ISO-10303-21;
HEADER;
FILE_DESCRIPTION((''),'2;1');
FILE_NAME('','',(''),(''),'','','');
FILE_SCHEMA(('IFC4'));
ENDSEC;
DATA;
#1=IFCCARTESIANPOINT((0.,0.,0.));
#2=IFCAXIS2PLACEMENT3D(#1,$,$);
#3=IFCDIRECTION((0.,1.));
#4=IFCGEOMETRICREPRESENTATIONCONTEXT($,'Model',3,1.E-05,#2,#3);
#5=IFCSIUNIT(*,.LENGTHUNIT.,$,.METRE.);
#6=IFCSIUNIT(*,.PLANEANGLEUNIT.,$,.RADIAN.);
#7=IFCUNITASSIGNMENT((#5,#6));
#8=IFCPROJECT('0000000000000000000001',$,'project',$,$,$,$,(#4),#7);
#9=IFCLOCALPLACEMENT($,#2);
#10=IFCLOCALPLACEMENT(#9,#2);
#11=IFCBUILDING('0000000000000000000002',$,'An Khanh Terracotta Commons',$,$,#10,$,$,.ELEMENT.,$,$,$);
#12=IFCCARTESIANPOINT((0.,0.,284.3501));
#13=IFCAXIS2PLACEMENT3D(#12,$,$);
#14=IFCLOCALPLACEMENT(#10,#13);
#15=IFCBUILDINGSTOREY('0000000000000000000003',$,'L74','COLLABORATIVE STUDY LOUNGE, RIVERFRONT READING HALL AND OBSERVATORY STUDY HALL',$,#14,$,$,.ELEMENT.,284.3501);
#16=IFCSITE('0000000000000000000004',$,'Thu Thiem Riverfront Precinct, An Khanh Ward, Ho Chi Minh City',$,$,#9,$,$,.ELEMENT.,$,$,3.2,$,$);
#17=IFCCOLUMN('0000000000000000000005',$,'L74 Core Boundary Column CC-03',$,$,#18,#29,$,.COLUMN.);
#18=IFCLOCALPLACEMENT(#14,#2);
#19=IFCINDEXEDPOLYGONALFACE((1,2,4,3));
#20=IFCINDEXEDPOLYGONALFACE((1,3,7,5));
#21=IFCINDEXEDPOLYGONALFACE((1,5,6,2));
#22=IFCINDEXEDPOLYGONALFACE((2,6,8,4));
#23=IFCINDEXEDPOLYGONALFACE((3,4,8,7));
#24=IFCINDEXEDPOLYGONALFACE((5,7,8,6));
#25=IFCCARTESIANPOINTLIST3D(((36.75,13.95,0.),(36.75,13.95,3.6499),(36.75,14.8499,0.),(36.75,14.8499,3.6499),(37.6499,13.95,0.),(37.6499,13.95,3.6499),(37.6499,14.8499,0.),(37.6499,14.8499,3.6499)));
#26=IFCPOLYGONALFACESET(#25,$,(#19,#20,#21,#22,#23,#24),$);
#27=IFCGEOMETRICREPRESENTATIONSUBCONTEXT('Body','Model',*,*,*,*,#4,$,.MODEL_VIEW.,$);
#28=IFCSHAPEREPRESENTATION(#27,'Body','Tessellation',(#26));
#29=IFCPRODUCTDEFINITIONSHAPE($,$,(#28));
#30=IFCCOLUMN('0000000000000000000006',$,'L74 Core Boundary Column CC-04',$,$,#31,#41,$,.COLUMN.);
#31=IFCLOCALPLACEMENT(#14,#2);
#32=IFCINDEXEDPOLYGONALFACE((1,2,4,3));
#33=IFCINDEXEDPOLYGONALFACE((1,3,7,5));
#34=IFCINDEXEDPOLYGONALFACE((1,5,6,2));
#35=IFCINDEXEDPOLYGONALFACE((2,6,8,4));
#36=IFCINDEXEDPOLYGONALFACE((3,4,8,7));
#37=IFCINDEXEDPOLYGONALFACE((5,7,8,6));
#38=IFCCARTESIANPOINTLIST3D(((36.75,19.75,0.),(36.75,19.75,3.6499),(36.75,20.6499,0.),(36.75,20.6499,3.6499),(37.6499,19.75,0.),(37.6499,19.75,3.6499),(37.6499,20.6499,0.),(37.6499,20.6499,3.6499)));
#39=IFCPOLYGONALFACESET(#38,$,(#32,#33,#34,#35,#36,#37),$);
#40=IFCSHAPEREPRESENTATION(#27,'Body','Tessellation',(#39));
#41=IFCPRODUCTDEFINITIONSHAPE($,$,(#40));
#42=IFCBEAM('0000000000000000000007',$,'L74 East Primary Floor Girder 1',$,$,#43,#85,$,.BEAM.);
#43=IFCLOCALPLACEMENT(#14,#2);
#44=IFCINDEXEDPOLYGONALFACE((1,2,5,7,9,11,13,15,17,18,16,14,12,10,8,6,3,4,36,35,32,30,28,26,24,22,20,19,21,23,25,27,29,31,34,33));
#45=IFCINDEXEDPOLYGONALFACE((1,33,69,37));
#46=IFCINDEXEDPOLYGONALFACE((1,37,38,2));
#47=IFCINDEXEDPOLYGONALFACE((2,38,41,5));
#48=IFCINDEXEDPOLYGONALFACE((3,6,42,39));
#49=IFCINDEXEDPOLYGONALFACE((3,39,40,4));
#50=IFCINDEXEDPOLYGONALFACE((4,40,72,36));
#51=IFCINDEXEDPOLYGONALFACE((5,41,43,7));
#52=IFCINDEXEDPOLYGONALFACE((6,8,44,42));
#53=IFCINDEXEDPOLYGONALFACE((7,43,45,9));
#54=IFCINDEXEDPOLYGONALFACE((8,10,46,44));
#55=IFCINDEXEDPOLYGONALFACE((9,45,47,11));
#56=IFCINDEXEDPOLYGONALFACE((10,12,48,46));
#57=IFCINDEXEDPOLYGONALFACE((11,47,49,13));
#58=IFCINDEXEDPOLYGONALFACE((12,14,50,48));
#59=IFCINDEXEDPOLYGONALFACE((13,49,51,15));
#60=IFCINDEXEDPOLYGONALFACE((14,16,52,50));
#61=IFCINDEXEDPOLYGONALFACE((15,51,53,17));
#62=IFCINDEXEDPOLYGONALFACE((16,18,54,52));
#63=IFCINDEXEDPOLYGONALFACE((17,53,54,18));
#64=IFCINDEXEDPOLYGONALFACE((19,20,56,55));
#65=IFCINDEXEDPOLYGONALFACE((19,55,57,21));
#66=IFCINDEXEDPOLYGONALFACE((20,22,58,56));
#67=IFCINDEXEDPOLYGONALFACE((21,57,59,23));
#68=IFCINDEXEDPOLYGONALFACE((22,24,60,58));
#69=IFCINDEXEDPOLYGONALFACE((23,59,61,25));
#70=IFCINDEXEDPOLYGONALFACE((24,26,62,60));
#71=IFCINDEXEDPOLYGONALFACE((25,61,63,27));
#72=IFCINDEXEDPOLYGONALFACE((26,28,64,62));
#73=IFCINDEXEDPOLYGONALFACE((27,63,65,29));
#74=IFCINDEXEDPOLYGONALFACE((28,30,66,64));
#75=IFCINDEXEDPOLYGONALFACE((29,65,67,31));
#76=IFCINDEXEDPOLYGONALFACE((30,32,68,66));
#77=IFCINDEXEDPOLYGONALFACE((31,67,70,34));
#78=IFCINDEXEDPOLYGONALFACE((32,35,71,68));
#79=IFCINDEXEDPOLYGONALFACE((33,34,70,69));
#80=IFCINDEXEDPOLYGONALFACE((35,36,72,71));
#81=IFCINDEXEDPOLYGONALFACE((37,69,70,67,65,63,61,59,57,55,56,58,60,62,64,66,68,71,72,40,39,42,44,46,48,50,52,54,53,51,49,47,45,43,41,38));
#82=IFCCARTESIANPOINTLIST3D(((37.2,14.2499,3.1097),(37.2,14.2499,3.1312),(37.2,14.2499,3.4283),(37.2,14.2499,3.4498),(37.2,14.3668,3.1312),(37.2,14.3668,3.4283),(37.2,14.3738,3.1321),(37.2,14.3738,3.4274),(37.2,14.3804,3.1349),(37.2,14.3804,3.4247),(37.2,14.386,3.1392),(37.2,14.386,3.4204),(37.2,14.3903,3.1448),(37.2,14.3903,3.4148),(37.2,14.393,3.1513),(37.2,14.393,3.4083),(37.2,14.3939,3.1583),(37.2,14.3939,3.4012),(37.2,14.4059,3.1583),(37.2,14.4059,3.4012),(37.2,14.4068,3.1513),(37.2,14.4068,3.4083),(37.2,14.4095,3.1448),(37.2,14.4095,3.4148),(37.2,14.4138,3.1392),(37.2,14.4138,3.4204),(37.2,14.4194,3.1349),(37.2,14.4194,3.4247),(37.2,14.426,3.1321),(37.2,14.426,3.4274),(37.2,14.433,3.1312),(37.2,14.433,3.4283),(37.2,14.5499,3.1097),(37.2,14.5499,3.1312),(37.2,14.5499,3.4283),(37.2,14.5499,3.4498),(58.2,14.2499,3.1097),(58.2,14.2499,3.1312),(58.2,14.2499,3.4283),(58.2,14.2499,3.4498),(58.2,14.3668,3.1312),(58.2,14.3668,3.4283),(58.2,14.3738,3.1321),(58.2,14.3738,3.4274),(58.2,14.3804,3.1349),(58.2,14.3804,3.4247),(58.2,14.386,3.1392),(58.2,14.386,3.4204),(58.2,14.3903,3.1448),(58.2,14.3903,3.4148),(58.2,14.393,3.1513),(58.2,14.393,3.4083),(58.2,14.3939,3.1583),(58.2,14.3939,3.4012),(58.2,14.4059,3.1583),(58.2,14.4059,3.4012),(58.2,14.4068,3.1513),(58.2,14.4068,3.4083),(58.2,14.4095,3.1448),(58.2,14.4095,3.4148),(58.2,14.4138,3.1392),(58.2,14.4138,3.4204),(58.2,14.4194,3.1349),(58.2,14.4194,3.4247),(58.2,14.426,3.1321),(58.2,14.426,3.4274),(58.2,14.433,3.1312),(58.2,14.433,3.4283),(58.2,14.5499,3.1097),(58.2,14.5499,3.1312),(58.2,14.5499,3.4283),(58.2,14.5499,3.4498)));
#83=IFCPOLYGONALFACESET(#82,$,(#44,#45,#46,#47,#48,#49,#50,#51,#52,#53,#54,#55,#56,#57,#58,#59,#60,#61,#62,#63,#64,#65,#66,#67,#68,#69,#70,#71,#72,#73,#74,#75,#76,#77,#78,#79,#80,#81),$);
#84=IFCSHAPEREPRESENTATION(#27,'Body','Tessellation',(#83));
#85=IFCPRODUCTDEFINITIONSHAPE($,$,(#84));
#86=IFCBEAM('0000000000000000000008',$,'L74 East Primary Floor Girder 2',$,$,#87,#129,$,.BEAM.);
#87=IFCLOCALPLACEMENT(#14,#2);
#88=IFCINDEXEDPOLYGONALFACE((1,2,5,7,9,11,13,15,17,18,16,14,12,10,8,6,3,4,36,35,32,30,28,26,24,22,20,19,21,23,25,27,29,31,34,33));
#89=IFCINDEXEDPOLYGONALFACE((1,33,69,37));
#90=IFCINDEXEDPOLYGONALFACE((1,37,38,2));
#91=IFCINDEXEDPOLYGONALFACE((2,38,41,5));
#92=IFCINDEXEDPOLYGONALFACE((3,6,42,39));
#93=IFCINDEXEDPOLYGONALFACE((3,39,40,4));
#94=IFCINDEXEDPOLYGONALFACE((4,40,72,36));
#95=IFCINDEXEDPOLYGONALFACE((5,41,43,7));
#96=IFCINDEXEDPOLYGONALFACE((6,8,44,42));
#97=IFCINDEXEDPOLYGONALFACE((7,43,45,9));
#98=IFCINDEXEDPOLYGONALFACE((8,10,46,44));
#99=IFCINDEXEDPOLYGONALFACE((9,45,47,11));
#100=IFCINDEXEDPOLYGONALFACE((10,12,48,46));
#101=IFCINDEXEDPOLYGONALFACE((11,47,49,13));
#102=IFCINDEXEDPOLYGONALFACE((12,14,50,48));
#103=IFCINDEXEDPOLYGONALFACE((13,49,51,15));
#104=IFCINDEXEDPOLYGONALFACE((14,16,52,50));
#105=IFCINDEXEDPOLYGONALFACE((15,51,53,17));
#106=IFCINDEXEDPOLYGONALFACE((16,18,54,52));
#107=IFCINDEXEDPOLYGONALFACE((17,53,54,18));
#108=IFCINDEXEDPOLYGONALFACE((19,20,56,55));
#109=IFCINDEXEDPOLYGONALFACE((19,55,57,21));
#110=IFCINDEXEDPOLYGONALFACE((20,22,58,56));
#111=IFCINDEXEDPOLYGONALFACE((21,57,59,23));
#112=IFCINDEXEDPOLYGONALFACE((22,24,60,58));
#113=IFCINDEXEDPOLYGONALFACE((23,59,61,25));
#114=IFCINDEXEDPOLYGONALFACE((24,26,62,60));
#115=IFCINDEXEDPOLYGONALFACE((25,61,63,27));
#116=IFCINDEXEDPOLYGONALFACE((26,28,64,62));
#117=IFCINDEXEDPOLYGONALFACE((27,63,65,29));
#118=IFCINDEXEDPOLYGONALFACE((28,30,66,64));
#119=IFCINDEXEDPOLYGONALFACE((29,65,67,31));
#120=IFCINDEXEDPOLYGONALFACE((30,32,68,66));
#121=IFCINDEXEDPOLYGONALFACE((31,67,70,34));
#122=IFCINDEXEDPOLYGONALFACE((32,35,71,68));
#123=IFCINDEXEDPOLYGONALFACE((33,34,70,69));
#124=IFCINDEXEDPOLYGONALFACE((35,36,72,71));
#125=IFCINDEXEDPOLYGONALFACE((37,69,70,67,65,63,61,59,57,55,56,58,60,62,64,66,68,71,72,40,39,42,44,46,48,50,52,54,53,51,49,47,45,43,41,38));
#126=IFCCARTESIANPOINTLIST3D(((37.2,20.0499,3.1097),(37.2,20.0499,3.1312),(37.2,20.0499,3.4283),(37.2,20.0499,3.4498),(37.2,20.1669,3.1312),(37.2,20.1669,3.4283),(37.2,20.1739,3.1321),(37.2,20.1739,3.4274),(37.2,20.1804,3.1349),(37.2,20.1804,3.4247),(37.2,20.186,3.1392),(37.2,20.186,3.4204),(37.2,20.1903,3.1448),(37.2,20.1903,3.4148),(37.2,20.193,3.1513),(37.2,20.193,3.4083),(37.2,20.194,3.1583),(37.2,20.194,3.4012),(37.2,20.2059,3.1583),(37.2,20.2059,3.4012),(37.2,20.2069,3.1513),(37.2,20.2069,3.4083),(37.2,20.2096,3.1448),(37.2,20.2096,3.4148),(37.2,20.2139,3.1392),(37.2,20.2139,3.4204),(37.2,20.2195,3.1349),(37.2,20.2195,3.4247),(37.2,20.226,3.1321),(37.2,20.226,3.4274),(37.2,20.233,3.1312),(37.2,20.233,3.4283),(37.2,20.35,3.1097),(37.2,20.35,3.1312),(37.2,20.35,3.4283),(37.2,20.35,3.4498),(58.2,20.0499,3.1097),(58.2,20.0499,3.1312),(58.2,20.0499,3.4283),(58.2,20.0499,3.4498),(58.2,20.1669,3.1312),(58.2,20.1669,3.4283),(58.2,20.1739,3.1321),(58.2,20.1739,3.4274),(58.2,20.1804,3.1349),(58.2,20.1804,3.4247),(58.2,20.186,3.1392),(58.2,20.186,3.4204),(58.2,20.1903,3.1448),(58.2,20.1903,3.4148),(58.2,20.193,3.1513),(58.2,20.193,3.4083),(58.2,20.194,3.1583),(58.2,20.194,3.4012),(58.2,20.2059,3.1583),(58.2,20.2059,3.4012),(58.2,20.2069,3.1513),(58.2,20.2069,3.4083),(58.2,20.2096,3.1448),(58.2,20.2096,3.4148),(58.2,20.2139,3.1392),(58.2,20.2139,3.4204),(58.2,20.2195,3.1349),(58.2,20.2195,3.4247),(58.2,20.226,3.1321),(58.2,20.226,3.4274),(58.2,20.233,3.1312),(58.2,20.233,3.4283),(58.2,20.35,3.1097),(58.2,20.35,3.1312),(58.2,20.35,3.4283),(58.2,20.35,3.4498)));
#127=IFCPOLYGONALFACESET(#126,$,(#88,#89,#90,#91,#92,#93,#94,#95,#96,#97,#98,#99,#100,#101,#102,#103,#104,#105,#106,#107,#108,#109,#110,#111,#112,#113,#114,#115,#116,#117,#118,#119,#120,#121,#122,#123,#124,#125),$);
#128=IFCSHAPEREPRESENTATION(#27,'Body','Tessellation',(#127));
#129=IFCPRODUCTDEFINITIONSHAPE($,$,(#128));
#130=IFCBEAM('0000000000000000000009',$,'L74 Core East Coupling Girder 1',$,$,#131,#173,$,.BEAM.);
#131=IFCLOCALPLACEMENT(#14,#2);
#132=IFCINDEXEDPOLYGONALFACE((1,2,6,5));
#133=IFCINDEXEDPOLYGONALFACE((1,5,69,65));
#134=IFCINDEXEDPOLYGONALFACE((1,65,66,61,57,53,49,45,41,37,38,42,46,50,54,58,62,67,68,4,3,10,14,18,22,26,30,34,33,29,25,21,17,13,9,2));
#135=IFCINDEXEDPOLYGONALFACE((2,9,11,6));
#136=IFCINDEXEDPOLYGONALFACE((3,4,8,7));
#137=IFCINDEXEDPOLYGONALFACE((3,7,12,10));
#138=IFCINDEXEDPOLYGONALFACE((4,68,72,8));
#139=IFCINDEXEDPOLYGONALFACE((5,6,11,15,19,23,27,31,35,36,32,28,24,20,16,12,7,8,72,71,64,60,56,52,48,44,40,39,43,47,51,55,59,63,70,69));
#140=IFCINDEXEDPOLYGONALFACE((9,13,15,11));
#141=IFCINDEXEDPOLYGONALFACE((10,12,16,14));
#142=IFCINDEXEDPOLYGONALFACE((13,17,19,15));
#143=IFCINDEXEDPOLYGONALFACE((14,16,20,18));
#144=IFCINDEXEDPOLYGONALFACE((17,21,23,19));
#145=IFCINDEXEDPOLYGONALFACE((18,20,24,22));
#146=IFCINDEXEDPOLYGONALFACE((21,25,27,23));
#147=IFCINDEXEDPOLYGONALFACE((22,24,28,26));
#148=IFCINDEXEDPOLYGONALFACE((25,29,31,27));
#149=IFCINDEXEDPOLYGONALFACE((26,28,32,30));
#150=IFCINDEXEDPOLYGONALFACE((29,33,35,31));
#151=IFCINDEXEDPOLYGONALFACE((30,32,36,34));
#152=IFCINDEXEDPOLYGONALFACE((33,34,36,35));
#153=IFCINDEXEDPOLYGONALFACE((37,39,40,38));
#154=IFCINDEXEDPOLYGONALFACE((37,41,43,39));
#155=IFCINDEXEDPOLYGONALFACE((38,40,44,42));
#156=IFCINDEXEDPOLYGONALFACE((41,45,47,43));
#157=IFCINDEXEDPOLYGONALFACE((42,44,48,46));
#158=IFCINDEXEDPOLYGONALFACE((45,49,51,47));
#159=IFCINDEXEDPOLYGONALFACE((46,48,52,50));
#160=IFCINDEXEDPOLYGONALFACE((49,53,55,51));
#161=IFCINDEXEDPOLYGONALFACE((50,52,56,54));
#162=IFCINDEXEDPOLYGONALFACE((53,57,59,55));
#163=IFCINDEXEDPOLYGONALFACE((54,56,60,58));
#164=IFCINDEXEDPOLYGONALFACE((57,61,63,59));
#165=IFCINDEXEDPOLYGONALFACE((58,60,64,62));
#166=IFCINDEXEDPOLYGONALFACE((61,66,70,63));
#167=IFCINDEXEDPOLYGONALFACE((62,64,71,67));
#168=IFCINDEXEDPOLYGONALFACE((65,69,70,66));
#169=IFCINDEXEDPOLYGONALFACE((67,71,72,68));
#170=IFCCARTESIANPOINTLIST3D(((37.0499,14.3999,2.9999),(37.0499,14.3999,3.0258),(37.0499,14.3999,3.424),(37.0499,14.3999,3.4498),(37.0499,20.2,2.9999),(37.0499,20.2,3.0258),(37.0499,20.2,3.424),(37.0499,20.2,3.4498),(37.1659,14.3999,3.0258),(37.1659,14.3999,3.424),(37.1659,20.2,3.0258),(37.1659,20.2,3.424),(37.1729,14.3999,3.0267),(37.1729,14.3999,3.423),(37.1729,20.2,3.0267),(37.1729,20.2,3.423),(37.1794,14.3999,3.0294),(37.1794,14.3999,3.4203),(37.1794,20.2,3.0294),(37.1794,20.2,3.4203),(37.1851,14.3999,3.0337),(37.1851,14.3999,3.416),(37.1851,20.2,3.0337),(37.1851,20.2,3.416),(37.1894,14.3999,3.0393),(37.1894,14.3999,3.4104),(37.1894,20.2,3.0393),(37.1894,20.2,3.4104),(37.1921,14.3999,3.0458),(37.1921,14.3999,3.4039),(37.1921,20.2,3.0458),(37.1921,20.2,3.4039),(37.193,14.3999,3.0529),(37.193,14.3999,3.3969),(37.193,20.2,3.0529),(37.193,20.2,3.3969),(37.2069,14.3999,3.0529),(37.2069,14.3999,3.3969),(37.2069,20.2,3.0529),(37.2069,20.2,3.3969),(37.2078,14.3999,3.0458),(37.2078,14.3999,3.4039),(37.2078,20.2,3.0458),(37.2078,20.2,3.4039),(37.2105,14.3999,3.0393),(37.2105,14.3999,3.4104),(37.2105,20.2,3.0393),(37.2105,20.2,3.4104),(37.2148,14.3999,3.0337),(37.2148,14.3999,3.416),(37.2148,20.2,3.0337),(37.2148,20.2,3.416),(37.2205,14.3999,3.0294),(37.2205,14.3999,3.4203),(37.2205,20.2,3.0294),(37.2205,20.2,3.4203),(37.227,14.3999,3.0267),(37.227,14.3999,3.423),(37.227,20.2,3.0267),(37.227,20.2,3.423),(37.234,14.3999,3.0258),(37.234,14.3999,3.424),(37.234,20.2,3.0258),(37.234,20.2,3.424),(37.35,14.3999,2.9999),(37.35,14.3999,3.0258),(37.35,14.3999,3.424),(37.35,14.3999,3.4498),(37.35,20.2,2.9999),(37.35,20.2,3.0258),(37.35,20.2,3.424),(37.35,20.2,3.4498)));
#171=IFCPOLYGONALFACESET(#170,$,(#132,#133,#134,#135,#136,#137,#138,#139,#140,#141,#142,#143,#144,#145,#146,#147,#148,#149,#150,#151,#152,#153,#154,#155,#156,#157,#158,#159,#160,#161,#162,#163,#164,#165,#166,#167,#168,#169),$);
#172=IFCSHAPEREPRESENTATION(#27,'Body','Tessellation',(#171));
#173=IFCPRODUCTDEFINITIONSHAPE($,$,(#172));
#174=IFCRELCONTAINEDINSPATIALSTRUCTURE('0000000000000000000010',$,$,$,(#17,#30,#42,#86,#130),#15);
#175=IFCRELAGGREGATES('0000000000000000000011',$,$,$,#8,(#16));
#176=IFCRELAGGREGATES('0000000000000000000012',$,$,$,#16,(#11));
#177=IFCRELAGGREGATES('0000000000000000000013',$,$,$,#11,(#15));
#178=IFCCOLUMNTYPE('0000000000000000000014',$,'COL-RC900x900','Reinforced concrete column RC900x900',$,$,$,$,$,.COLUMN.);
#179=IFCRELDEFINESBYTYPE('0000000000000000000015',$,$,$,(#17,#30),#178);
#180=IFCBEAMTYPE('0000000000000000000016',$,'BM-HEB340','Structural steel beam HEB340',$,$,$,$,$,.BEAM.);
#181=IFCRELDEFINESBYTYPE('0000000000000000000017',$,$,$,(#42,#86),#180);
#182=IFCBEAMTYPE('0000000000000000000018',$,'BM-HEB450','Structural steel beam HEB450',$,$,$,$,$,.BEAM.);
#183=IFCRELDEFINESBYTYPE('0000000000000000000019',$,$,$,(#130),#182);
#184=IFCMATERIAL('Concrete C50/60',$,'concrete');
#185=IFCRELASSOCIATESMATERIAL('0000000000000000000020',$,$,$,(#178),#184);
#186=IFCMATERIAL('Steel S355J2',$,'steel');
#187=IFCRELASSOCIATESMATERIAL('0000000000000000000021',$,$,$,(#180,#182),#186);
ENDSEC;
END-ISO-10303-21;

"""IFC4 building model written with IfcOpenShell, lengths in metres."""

from ifc_helpers import new_model, si_unit, direction, frame, origin, origin_2d, place, context, subcontext, project, spatial, rectangle, i_section, extrude, material, material_profile, profile_set, type_object, element, save


model = new_model("IFC4")

# Units and contexts
model_context = context("Model", 3, precision=1e-05, world=origin(), true_north=direction((0.0, 1.0)))
body_context = subcontext(model_context, "Body", "Model", "MODEL_VIEW")
ifc_project = project(units=[si_unit("LENGTHUNIT", "METRE"), si_unit("PLANEANGLEUNIT", "RADIAN")], contexts=[model_context])

# Site, building, storey
site_placement = place(None, origin())
site = spatial("IfcSite", under=ifc_project, at=site_placement, Name="Thu Thiem Riverfront Precinct, An Khanh Ward, Ho Chi Minh City", CompositionType="ELEMENT", RefElevation=3.2)
building_placement = place(site_placement, origin())
building = spatial("IfcBuilding", under=site, at=building_placement, Name="An Khanh Terracotta Commons", CompositionType="ELEMENT")
storey_placement = place(building_placement, frame((0.0, 0.0, 284.3501)))
storey = spatial("IfcBuildingStorey", under=building, at=storey_placement, Name="L74", Description="COLLABORATIVE STUDY LOUNGE, RIVERFRONT READING HALL AND OBSERVATORY STUDY HALL", CompositionType="ELEMENT", Elevation=284.3501)

# Columns
ifc_material_1 = material(Name="Concrete C50/60", Category="concrete")
ifc_material_profile_1 = material_profile(ifc_material_1, rectangle(XDim=0.8999, YDim=0.8999, at=origin_2d()), Name="RC900x900")
ifc_profile_set_1 = profile_set([ifc_material_profile_1], Name="Concrete C50/60")
column_type = type_object("IfcColumnType", Name="COL-RC900x900", Description="Reinforced concrete column RC900x900", PredefinedType="COLUMN", material=ifc_profile_set_1)
for number, where, z_axis, x_axis, name in (
    (1, (37.2, 14.3999, 0.0), (0.0, 0.0, 1.0), (1.0, 0.0, 0.0), "L74 Core Boundary Column CC-03"),
    (2, (37.2, 20.2, 0.0), (0.0, 0.0, 1.0), (1.0, 0.0, 0.0), "L74 Core Boundary Column CC-04"),
):
    element("IfcColumn", number, at=place(storey_placement, frame(where, z_axis=z_axis, x_axis=x_axis)), inside=storey, type_object=column_type, Name=name, PredefinedType="COLUMN", context=body_context, shape_type="SweptSolid", body=[
        extrude(rectangle(XDim=0.8999, YDim=0.8999, at=origin_2d()), origin(), (0.0, 0.0, 1.0), 3.6499),
    ])

# Beams
ifc_material_2 = material(Name="Steel S355J2", Category="steel")
ifc_material_profile_2 = material_profile(ifc_material_2, i_section(OverallWidth=0.3, OverallDepth=0.3401, WebThickness=0.012, FlangeThickness=0.0215, FilletRadius=0.0271, at=origin_2d()), Name="HEB340")
ifc_profile_set_2 = profile_set([ifc_material_profile_2], Name="Steel S355J2")
beam_type_1 = type_object("IfcBeamType", Name="BM-HEB340", Description="Structural steel beam HEB340", PredefinedType="BEAM", material=ifc_profile_set_2)
for number, where, z_axis, x_axis, name in (
    (3, (37.2, 14.3999, 3.2798), (1.0, 0.0, 0.0), (0.0, 1.0, 0.0), "L74 East Primary Floor Girder 1"),
    (4, (37.2, 20.2, 3.2798), (1.0, 0.0, 0.0), (0.0, 1.0, 0.0), "L74 East Primary Floor Girder 2"),
):
    element("IfcBeam", number, at=place(storey_placement, frame(where, z_axis=z_axis, x_axis=x_axis)), inside=storey, type_object=beam_type_1, Name=name, PredefinedType="BEAM", context=body_context, shape_type="SweptSolid", body=[
        extrude(i_section(OverallWidth=0.3, OverallDepth=0.3401, WebThickness=0.012, FlangeThickness=0.0215, FilletRadius=0.0271, at=origin_2d()), origin(), (0.0, 0.0, 1.0), 21.0),
    ])
ifc_material_profile_3 = material_profile(ifc_material_2, i_section(OverallWidth=0.3, OverallDepth=0.45, WebThickness=0.0139, FlangeThickness=0.0259, FilletRadius=0.0271, at=origin_2d()), Name="HEB450")
ifc_profile_set_3 = profile_set([ifc_material_profile_3], Name="Steel S355J2")
beam_type_2 = type_object("IfcBeamType", Name="BM-HEB450", Description="Structural steel beam HEB450", PredefinedType="BEAM", material=ifc_profile_set_3)
beam_1_placement = place(storey_placement, frame((37.2, 14.3999, 3.2249), z_axis=(0.0, 1.0, 0.0), x_axis=(-1.0, 0.0, 0.0)))
element("IfcBeam", 5, at=beam_1_placement, inside=storey, type_object=beam_type_2, Name="L74 Core East Coupling Girder 1", PredefinedType="BEAM", context=body_context, shape_type="SweptSolid", body=[
    extrude(i_section(OverallWidth=0.3, OverallDepth=0.45, WebThickness=0.0139, FlangeThickness=0.0259, FilletRadius=0.0271, at=origin_2d()), origin(), (0.0, 0.0, 1.0), 5.8),
])

save(model, "model.ifc")
